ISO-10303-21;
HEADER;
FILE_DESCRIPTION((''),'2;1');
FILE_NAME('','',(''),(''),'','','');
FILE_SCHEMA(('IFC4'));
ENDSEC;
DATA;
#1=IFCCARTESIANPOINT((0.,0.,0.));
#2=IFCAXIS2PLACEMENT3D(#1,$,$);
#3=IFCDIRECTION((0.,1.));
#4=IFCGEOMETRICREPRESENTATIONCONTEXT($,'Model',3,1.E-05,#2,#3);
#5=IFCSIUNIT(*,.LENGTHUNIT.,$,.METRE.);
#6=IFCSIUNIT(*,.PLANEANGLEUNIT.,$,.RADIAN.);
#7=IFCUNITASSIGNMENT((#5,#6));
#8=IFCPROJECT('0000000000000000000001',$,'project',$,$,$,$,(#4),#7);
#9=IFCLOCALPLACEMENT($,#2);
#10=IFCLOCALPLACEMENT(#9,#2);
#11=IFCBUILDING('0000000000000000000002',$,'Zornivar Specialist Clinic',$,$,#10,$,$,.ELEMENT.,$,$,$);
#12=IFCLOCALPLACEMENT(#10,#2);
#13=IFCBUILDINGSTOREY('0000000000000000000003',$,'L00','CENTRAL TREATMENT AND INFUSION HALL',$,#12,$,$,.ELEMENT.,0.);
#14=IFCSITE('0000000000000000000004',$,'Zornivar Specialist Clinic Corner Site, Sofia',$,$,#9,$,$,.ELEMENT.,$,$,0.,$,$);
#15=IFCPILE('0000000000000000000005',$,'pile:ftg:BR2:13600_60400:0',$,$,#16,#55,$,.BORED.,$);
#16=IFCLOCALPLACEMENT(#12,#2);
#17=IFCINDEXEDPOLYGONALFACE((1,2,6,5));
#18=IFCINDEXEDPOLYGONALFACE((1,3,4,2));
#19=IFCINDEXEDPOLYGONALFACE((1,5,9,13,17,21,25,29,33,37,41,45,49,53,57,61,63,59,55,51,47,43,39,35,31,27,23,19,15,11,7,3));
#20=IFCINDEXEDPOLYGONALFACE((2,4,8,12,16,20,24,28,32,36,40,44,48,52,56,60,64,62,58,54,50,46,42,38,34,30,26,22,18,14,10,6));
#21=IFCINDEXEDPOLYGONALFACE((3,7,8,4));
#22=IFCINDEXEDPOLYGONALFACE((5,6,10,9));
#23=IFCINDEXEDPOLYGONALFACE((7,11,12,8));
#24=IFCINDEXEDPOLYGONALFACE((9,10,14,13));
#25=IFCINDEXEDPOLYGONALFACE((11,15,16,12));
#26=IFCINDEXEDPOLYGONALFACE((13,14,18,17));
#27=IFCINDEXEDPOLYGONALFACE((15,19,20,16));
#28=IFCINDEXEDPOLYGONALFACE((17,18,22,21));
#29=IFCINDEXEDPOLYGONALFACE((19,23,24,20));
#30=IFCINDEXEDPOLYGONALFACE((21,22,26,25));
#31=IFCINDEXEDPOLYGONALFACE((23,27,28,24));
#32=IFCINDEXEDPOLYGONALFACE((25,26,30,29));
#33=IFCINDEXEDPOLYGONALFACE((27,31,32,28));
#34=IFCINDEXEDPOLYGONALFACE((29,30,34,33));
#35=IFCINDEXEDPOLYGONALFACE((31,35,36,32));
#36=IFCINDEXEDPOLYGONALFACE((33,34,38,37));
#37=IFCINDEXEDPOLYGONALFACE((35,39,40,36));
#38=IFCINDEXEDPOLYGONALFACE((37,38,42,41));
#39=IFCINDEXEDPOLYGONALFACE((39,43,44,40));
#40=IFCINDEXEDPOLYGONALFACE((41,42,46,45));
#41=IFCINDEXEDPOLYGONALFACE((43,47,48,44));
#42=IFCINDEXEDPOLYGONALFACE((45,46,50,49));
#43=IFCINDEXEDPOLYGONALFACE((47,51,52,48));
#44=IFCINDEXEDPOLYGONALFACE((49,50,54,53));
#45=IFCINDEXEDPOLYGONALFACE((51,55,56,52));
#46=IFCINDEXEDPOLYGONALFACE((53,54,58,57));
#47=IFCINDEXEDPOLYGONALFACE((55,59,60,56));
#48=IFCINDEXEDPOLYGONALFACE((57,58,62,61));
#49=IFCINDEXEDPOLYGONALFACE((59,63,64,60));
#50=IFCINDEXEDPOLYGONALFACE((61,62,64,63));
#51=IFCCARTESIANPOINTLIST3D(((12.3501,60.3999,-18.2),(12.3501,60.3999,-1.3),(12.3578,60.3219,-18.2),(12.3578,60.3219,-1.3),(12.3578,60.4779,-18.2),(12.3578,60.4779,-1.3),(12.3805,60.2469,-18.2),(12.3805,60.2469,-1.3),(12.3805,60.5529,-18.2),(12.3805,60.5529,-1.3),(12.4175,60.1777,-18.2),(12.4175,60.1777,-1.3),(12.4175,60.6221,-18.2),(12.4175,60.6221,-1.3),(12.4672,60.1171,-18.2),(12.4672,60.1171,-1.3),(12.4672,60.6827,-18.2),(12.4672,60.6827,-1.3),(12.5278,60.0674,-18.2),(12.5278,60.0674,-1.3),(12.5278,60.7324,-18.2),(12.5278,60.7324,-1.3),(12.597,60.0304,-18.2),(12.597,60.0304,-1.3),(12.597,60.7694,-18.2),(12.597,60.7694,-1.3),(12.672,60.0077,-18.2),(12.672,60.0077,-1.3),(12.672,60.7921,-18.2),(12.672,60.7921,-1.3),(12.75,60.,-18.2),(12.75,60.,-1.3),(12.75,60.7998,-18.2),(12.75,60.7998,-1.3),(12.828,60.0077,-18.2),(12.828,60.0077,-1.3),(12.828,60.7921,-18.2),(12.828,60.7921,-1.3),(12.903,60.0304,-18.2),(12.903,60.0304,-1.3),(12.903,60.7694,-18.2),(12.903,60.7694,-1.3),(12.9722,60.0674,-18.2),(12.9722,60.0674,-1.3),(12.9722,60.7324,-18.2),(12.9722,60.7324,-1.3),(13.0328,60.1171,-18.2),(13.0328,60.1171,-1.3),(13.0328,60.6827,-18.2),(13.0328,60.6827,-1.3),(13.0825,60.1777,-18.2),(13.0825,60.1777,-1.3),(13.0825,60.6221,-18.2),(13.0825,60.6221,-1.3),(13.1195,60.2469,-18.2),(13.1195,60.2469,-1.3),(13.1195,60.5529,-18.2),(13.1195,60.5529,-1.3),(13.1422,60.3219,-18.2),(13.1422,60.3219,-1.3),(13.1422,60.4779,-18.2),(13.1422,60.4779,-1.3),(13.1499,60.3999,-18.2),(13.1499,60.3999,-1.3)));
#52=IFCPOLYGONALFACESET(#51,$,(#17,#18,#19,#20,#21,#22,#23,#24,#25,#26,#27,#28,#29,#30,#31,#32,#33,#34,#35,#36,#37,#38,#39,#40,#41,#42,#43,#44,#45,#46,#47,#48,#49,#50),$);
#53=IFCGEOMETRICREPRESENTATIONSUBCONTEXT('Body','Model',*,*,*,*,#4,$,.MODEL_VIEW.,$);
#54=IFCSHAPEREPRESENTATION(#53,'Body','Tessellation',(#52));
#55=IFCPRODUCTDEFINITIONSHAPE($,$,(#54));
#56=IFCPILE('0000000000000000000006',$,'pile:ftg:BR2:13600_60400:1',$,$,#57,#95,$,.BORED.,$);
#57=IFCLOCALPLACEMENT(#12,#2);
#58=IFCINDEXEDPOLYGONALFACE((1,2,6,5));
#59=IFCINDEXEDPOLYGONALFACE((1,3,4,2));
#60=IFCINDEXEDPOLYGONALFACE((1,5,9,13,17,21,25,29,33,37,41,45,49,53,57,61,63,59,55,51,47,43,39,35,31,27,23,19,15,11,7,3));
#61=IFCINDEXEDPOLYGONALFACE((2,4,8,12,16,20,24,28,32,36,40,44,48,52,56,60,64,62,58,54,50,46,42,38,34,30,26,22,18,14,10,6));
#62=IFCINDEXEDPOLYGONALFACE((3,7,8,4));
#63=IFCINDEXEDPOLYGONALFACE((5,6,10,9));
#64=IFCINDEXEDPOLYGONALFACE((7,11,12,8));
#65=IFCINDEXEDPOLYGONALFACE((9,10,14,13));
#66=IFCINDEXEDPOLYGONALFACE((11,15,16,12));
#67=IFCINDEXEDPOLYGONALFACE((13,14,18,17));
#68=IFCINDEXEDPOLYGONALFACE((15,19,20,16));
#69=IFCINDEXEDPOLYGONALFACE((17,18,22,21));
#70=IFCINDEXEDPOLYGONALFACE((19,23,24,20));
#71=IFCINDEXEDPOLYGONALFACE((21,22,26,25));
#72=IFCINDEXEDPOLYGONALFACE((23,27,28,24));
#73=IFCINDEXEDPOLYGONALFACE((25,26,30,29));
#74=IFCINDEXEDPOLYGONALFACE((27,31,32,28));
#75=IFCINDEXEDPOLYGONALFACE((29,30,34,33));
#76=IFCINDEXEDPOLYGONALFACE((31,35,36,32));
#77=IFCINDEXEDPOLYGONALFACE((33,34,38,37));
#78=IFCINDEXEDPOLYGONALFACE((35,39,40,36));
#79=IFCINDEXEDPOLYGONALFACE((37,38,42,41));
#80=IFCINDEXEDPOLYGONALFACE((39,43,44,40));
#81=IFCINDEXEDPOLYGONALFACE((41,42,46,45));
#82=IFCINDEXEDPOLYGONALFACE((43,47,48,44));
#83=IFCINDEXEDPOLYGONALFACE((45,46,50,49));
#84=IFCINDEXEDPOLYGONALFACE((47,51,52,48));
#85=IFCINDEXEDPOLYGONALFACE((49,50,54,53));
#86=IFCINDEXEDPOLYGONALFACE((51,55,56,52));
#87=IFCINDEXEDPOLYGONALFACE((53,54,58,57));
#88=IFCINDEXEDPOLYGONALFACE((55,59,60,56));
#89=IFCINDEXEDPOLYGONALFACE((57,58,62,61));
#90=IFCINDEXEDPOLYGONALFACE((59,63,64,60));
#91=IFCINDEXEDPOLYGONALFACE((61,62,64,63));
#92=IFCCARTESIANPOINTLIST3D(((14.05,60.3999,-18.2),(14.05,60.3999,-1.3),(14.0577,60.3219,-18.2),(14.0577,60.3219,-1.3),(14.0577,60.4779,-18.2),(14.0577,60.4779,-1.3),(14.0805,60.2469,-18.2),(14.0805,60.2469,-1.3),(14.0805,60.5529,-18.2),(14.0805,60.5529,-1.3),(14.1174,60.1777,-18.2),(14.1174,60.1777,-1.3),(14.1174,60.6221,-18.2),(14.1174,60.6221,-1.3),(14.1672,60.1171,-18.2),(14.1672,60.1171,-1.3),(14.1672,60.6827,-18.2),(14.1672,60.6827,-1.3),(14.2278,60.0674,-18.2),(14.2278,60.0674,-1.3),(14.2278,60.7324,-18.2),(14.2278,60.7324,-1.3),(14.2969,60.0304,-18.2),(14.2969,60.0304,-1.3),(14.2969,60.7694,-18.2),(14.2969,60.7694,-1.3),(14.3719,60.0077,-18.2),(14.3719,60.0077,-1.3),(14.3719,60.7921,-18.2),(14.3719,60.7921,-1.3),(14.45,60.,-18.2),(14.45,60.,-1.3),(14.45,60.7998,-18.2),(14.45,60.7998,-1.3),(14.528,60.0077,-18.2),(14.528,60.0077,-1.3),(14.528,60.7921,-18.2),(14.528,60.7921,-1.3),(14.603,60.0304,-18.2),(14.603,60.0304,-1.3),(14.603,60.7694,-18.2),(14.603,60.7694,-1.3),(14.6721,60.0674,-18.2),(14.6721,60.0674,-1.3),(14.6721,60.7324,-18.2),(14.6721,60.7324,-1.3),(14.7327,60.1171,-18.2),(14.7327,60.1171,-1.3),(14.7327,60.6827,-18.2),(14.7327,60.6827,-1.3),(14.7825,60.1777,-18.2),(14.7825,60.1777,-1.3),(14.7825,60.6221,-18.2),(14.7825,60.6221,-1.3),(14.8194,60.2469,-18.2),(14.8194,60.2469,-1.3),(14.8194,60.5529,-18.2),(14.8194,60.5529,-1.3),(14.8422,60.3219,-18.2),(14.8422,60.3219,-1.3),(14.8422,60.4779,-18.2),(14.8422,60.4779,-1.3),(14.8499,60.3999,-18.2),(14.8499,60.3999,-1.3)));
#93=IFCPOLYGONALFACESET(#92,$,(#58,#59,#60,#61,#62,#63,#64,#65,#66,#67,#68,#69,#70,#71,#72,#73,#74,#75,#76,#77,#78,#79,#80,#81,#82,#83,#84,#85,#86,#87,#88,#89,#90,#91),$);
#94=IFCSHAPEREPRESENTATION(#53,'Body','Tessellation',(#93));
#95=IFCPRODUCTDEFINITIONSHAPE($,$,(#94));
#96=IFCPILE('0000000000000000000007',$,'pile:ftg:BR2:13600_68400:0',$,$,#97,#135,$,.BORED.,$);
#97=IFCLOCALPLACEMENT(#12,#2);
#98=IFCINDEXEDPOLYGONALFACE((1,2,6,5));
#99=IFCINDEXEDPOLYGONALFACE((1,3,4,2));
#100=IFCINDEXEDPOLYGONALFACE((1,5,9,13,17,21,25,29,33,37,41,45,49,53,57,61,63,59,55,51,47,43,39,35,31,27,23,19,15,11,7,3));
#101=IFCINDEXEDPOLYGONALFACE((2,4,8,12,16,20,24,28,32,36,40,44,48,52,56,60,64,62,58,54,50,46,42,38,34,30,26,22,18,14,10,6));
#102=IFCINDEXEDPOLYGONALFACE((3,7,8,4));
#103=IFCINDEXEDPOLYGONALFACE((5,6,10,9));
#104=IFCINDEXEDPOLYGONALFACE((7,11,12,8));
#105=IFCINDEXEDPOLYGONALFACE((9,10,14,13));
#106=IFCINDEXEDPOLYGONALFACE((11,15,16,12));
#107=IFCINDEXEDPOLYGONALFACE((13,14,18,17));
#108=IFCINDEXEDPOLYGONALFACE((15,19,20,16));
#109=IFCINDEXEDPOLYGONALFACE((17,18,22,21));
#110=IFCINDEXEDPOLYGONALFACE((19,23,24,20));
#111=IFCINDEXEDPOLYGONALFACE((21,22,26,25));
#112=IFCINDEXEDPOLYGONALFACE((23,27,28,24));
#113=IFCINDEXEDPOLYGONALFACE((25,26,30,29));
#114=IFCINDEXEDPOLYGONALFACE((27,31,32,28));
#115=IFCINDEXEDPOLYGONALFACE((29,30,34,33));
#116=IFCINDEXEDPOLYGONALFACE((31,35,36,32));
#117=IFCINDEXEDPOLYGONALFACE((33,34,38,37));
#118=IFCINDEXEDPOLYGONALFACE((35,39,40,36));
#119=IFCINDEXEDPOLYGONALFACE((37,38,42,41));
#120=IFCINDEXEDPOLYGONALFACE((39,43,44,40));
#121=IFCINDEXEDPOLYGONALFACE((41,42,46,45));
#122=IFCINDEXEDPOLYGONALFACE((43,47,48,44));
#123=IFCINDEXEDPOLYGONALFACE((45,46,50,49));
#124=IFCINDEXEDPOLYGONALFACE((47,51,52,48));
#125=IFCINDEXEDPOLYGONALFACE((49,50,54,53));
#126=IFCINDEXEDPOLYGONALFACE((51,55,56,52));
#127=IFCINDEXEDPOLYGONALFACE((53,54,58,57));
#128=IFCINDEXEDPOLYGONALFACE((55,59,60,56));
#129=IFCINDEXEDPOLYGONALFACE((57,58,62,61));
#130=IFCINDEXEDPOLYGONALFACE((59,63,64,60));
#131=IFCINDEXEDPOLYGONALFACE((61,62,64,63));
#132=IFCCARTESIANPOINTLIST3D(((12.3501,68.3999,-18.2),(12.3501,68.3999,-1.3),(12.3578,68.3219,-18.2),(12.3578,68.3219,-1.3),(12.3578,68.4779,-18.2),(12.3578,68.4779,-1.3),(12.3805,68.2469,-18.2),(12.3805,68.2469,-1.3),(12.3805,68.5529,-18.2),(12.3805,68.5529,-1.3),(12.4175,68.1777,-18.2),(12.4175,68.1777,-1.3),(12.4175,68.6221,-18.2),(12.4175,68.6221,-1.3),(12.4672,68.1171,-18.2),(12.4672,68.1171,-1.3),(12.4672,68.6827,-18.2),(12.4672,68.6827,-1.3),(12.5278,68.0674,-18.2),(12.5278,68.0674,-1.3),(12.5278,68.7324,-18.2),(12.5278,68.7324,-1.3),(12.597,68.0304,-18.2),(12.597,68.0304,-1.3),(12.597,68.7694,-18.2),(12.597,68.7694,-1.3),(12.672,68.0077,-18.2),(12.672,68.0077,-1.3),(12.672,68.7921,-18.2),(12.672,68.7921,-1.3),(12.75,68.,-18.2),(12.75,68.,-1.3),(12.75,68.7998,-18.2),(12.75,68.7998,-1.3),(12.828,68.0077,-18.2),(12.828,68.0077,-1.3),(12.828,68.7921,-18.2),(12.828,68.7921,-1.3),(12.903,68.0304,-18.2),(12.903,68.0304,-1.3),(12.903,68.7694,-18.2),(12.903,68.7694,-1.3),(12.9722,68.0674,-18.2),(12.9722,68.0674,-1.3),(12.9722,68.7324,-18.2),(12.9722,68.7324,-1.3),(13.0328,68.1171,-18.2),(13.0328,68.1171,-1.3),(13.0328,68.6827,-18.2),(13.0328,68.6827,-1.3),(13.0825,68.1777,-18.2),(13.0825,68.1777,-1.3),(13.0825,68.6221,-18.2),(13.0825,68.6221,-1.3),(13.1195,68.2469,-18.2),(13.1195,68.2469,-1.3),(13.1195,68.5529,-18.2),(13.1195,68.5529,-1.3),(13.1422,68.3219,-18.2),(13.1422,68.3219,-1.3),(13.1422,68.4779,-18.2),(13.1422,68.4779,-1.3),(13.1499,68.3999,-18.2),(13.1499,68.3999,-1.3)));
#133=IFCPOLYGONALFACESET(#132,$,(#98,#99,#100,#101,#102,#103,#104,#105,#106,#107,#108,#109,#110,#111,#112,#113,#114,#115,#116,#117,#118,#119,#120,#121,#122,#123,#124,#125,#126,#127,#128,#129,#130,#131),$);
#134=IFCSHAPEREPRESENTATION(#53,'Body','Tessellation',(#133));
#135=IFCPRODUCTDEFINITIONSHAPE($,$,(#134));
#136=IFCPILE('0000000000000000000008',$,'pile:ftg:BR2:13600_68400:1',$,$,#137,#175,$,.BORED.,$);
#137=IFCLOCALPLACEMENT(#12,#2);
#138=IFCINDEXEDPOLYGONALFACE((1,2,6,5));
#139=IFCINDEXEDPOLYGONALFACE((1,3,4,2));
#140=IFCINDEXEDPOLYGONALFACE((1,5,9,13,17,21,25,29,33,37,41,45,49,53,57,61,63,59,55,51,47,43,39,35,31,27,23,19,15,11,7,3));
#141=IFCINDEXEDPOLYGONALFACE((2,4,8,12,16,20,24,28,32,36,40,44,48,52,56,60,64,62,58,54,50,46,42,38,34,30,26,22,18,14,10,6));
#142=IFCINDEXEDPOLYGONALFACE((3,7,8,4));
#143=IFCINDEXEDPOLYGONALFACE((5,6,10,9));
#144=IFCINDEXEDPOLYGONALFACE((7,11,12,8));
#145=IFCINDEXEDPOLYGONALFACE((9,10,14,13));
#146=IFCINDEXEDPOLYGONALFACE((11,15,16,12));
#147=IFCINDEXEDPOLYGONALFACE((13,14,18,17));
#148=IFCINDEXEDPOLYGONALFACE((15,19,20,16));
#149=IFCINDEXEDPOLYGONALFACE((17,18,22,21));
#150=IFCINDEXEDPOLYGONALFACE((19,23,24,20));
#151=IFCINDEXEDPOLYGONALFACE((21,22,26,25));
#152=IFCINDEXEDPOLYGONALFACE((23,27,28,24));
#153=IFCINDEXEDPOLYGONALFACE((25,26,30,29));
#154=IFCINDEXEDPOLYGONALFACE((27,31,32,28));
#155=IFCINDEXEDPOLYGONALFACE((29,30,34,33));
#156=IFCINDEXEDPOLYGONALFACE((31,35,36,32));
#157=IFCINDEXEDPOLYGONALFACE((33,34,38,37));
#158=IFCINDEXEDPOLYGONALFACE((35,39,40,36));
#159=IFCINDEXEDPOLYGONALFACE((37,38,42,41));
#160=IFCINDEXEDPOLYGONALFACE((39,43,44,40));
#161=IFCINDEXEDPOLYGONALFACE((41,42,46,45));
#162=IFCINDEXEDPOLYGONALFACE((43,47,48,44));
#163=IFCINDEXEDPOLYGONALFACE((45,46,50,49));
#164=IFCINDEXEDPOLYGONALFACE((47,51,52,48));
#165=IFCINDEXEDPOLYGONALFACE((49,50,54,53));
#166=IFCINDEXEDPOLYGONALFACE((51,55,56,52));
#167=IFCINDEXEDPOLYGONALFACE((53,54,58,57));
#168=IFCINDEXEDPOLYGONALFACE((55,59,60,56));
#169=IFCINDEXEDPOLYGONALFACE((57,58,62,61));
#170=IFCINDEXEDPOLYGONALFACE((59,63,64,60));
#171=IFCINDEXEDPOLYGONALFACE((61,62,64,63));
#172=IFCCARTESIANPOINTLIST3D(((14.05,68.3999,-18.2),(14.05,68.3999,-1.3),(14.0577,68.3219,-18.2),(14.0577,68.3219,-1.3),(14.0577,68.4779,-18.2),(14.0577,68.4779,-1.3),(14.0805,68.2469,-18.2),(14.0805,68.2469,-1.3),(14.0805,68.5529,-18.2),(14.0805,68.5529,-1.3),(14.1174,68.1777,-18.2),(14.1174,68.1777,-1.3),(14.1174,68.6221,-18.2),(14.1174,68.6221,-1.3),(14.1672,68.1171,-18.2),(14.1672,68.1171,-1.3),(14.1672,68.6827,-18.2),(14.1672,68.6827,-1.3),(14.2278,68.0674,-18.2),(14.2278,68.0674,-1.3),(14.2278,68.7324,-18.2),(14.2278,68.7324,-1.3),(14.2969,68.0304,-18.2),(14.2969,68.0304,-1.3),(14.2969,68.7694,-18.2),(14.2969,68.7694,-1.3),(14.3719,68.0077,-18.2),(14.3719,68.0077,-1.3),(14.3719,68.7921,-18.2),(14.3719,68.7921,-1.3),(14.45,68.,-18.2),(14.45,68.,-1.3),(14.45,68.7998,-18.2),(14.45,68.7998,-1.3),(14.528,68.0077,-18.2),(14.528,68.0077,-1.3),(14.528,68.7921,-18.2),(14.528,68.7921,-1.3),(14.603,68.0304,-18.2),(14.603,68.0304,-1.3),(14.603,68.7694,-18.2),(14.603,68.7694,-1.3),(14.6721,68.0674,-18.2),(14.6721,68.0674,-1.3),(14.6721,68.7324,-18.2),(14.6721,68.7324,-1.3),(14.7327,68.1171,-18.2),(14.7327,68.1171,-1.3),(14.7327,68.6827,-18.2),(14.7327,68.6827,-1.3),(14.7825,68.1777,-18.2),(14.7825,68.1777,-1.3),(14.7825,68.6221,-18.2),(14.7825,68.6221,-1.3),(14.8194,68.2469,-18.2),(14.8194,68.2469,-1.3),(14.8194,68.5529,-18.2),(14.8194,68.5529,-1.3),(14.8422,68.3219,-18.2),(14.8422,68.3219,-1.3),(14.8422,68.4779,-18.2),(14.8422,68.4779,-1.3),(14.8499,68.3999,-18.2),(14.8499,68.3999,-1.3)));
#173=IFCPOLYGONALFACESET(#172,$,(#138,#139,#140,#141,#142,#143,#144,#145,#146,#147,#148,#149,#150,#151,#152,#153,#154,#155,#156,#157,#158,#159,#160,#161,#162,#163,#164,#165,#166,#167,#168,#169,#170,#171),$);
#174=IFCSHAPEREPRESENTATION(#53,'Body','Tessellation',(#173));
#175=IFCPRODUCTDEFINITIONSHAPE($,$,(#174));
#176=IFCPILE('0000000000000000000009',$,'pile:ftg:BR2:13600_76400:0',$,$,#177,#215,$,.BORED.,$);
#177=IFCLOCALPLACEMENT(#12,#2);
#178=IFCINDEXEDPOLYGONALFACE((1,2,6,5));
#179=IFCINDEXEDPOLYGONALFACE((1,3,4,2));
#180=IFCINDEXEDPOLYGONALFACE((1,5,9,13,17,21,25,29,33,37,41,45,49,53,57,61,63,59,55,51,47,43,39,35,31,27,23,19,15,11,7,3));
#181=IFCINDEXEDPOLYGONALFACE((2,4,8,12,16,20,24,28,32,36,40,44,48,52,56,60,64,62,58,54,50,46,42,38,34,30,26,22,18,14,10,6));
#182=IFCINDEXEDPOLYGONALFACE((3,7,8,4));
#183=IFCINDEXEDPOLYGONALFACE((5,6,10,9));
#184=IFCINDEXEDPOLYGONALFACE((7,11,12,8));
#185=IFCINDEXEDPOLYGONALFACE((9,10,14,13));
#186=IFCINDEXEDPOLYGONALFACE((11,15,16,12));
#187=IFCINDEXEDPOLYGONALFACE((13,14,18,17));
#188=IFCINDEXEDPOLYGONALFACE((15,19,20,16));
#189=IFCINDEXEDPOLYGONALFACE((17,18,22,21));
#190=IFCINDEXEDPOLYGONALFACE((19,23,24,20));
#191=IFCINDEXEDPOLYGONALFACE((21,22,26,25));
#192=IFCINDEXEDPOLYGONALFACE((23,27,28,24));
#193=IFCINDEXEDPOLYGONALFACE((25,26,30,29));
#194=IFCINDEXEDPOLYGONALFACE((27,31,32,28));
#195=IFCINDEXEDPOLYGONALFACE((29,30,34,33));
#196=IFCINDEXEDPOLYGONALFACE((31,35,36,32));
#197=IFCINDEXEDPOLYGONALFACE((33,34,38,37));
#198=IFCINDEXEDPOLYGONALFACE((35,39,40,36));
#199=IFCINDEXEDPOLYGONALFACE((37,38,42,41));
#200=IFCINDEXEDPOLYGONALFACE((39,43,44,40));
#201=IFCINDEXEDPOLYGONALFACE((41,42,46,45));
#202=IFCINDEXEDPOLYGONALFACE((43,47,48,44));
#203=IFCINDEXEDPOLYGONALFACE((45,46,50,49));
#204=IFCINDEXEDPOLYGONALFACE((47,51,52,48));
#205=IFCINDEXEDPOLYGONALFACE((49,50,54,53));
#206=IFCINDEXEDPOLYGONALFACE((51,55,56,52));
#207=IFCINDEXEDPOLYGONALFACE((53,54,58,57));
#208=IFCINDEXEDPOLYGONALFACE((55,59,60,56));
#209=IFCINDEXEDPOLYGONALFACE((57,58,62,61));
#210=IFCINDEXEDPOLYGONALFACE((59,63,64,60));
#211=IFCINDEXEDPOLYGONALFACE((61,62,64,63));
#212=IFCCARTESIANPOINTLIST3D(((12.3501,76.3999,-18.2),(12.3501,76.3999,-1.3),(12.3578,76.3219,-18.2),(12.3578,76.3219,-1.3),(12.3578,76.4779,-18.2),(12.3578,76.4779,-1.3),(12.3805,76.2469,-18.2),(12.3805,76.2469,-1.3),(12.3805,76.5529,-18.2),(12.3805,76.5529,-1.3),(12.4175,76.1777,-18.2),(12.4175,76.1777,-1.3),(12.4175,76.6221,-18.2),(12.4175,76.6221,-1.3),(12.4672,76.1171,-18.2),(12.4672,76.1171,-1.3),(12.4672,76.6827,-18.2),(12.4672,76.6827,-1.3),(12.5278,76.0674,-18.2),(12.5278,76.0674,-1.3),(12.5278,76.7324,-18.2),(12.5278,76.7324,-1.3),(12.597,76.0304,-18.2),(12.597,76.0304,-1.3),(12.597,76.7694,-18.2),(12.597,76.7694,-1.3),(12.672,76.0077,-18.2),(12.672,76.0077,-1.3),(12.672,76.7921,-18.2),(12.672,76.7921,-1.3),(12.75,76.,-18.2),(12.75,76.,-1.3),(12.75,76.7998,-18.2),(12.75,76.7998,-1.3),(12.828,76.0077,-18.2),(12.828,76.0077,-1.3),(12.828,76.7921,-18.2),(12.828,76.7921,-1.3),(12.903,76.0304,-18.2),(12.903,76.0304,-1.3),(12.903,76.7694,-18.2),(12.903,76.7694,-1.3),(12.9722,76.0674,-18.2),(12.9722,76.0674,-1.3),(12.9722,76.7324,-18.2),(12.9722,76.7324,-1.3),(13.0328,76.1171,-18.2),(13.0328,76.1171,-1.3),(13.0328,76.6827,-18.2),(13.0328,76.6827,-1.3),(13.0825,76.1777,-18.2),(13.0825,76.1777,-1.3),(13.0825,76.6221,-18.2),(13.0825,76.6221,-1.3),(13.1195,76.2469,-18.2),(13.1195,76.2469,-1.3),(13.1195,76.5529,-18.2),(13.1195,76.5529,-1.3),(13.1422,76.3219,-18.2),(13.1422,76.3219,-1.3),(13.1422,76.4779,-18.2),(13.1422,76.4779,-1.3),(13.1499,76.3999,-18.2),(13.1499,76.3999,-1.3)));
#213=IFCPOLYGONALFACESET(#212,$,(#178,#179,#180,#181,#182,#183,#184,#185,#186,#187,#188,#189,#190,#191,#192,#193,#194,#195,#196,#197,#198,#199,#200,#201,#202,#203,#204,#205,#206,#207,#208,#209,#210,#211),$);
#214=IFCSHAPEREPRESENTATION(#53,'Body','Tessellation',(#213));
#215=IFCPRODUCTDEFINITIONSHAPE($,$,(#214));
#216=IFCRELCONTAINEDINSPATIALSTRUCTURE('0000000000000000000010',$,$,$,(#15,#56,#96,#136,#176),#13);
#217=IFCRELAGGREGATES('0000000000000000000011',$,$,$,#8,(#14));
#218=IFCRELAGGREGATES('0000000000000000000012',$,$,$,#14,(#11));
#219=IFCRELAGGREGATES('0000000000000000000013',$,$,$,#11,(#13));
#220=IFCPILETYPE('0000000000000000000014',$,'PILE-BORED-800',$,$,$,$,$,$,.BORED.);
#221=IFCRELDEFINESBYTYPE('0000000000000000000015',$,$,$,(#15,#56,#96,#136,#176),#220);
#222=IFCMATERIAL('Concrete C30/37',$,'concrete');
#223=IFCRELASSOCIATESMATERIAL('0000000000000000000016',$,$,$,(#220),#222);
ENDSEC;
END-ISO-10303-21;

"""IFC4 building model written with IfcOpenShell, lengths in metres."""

from ifc_helpers import new_model, si_unit, direction, frame, origin, origin_2d, place, context, subcontext, project, spatial, circle, extrude, material, material_profile, profile_set, type_object, element, save


model = new_model("IFC4")

# Units and contexts
model_context = context("Model", 3, precision=1e-05, world=origin(), true_north=direction((0.0, 1.0)))
body_context = subcontext(model_context, "Body", "Model", "MODEL_VIEW")
ifc_project = project(units=[si_unit("LENGTHUNIT", "METRE"), si_unit("PLANEANGLEUNIT", "RADIAN")], contexts=[model_context])

# Site, building, storey
site_placement = place(None, origin())
site = spatial("IfcSite", under=ifc_project, at=site_placement, Name="Zornivar Specialist Clinic Corner Site, Sofia", CompositionType="ELEMENT", RefElevation=0.0)
building_placement = place(site_placement, origin())
building = spatial("IfcBuilding", under=site, at=building_placement, Name="Zornivar Specialist Clinic", CompositionType="ELEMENT")
storey_placement = place(building_placement, origin())
storey = spatial("IfcBuildingStorey", under=building, at=storey_placement, Name="L00", Description="CENTRAL TREATMENT AND INFUSION HALL", CompositionType="ELEMENT", Elevation=0.0)

# Piles
ifc_material_1 = material(Name="Concrete C30/37", Category="concrete")
ifc_material_profile_1 = material_profile(ifc_material_1, circle(Radius=0.3999, at=origin_2d()), Name="PILE D800")
ifc_profile_set_1 = profile_set([ifc_material_profile_1], Name="Concrete C30/37")
pile_type = type_object("IfcPileType", Name="PILE-BORED-800", PredefinedType="BORED", material=ifc_profile_set_1)
for number, where, z_axis, x_axis, name in (
    (1, (12.75, 60.3999, -1.3), (0.0, 0.0, -1.0), (1.0, 0.0, 0.0), "pile:ftg:BR2:13600_60400:0"),
    (2, (14.45, 60.3999, -1.3), (0.0, 0.0, -1.0), (1.0, 0.0, 0.0), "pile:ftg:BR2:13600_60400:1"),
    (3, (12.75, 68.3999, -1.3), (0.0, 0.0, -1.0), (1.0, 0.0, 0.0), "pile:ftg:BR2:13600_68400:0"),
    (4, (14.45, 68.3999, -1.3), (0.0, 0.0, -1.0), (1.0, 0.0, 0.0), "pile:ftg:BR2:13600_68400:1"),
    (5, (12.75, 76.3999, -1.3), (0.0, 0.0, -1.0), (1.0, 0.0, 0.0), "pile:ftg:BR2:13600_76400:0"),
):
    element("IfcPile", number, at=place(storey_placement, frame(where, z_axis=z_axis, x_axis=x_axis)), inside=storey, type_object=pile_type, Name=name, PredefinedType="BORED", context=body_context, shape_type="SweptSolid", body=[
        extrude(circle(Radius=0.3999, at=origin_2d()), origin(), (0.0, 0.0, 1.0), 16.8999),
    ])

save(model, "model.ifc")
